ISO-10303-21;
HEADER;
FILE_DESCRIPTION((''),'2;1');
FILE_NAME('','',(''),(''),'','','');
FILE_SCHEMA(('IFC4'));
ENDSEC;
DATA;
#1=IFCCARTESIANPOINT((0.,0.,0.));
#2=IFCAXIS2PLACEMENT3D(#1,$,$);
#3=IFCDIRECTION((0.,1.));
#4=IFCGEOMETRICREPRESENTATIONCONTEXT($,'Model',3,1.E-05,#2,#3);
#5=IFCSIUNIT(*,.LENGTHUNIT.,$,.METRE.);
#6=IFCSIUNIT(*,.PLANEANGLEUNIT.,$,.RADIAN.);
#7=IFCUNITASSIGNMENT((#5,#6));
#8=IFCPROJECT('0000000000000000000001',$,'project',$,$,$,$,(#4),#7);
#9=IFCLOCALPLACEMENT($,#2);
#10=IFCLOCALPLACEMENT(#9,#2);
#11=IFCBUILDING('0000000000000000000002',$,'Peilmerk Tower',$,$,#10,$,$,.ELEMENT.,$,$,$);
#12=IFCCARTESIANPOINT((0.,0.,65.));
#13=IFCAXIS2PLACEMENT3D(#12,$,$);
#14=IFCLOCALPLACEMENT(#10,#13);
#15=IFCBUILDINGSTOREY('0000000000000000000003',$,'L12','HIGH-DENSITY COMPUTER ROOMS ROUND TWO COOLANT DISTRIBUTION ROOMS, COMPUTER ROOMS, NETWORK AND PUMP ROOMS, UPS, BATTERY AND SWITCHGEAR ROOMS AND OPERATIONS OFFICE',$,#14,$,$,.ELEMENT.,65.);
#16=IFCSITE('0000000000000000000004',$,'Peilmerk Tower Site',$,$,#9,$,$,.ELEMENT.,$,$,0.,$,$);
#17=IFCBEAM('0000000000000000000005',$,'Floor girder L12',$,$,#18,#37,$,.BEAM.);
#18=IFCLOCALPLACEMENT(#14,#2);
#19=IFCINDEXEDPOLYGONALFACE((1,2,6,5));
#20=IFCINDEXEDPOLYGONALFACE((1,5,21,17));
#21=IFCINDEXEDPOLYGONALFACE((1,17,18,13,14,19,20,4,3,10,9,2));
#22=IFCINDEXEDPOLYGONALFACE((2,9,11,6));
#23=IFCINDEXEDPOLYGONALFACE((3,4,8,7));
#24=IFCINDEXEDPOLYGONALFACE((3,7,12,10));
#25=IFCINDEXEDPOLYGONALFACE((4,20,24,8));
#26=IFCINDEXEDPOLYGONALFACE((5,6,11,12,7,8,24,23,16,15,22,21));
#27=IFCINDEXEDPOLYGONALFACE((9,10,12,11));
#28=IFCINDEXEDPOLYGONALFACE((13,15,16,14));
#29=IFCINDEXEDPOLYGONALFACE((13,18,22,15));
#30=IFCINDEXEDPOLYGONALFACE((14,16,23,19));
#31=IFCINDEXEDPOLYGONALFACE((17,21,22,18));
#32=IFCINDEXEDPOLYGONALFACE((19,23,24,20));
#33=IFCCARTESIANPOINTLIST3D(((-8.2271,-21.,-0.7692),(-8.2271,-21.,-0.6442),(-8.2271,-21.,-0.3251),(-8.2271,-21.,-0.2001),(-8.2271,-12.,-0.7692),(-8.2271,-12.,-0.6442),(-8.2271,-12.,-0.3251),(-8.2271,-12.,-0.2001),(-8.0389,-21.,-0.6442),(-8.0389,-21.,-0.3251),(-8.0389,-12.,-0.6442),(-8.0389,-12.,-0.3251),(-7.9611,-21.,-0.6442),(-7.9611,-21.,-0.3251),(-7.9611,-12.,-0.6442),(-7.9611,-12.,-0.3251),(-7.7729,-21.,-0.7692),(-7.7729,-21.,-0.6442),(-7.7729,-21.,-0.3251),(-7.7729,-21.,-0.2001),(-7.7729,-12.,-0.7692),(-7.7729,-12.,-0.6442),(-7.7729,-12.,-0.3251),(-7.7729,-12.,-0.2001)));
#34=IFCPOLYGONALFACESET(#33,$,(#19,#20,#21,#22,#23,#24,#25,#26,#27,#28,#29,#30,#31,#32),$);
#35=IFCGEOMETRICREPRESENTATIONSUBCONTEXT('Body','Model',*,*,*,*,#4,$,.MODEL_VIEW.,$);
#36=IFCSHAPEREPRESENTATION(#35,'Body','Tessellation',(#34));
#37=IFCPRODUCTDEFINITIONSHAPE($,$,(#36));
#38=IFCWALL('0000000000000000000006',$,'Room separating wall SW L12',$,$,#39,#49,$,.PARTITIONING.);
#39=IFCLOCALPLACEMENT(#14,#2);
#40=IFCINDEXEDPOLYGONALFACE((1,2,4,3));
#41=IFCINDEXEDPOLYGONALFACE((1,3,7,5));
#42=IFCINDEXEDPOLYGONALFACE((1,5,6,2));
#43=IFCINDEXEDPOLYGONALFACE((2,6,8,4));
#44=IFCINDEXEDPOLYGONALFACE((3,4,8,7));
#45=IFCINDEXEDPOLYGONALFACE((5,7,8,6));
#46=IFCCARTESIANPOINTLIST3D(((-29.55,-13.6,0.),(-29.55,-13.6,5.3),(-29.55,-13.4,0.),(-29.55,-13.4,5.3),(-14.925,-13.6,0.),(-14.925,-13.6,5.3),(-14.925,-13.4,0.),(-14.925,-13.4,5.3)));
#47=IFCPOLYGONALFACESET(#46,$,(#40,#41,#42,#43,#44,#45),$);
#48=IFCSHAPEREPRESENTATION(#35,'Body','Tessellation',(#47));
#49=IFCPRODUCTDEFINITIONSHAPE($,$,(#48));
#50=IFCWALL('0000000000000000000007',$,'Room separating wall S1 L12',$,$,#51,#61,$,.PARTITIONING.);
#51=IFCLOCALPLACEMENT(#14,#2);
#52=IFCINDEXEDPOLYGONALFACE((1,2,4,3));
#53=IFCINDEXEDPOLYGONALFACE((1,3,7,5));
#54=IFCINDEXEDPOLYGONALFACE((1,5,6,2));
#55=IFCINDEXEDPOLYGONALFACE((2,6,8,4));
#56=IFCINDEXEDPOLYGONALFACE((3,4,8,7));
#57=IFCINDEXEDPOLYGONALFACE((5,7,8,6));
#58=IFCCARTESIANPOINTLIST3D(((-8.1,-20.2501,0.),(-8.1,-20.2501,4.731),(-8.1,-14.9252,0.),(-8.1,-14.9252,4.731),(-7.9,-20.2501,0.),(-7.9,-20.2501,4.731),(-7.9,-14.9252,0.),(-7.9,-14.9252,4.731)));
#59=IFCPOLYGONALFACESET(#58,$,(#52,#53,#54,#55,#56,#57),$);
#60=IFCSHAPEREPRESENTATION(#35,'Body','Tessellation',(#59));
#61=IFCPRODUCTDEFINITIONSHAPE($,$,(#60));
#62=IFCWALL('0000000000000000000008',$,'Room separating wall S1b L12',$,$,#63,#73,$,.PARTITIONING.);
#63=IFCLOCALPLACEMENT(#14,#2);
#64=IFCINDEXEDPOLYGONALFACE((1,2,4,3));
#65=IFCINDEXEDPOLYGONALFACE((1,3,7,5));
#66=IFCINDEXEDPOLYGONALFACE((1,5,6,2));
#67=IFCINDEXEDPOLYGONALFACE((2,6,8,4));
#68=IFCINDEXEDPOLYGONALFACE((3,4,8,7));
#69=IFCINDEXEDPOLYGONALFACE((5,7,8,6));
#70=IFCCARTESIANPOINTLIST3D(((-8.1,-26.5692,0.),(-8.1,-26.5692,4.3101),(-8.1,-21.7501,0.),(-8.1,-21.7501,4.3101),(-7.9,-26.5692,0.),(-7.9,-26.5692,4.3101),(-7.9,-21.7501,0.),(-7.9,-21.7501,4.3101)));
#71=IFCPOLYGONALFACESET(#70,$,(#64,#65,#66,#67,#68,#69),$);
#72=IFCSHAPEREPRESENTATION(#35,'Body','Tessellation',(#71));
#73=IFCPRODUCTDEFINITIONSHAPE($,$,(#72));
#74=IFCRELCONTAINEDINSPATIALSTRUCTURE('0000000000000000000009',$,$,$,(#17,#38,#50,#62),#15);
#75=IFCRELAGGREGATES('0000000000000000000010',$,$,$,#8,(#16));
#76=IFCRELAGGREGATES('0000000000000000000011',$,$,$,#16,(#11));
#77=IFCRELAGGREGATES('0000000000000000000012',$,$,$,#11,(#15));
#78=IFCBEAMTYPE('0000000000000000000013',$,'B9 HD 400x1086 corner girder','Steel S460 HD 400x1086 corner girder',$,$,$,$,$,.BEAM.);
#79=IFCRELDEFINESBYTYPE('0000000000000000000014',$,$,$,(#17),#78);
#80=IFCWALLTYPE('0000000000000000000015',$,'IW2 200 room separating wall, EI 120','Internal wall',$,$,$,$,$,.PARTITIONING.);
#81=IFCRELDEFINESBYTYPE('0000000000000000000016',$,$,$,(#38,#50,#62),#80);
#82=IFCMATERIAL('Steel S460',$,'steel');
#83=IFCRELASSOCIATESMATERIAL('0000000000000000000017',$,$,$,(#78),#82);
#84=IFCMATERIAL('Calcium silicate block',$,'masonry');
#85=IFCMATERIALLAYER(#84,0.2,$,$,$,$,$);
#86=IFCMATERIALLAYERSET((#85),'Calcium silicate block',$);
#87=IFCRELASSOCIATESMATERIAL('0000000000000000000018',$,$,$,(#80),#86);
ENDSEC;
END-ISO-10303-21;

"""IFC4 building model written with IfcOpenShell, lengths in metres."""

from ifc_helpers import new_model, si_unit, direction, frame, frame_2d, origin, origin_2d, place, context, subcontext, project, spatial, rectangle, i_section, extrude, material, layer, layer_set, material_profile, profile_set, type_object, element, save


model = new_model("IFC4")

# Units and contexts
model_context = context("Model", 3, precision=1e-05, world=origin(), true_north=direction((0.0, 1.0)))
body_context = subcontext(model_context, "Body", "Model", "MODEL_VIEW")
ifc_project = project(units=[si_unit("LENGTHUNIT", "METRE"), si_unit("PLANEANGLEUNIT", "RADIAN")], contexts=[model_context])

# Site, building, storey
site_placement = place(None, origin())
site = spatial("IfcSite", under=ifc_project, at=site_placement, Name="Peilmerk Tower Site", CompositionType="ELEMENT", RefElevation=0.0)
building_placement = place(site_placement, origin())
building = spatial("IfcBuilding", under=site, at=building_placement, Name="Peilmerk Tower", CompositionType="ELEMENT")
storey_placement = place(building_placement, frame((0.0, 0.0, 65.0)))
storey = spatial("IfcBuildingStorey", under=building, at=storey_placement, Name="L12", Description="HIGH-DENSITY COMPUTER ROOMS ROUND TWO COOLANT DISTRIBUTION ROOMS, COMPUTER ROOMS, NETWORK AND PUMP ROOMS, UPS, BATTERY AND SWITCHGEAR ROOMS AND OPERATIONS OFFICE", CompositionType="ELEMENT", Elevation=65.0)

# Beam
ifc_material_1 = material(Name="Steel S460", Category="steel")
ifc_material_profile_1 = material_profile(ifc_material_1, i_section(OverallWidth=0.4541, OverallDepth=0.5691, WebThickness=0.0779, FlangeThickness=0.125, at=origin_2d()), Name="HD 400x1086")
ifc_profile_set_1 = profile_set([ifc_material_profile_1], Name="Steel S460")
beam_type_1 = type_object("IfcBeamType", Name="B9 HD 400x1086 corner girder", Description="Steel S460 HD 400x1086 corner girder", PredefinedType="BEAM", material=ifc_profile_set_1)
beam_1_placement = place(storey_placement, frame((-8.0, -12.0, -0.4846), z_axis=(0.0, -1.0, 0.0), x_axis=(1.0, 0.0, 0.0)))
element("IfcBeam", 1, at=beam_1_placement, inside=storey, type_object=beam_type_1, Name="Floor girder L12", PredefinedType="BEAM", context=body_context, shape_type="SweptSolid", body=[
    extrude(i_section(OverallWidth=0.4541, OverallDepth=0.5691, WebThickness=0.0779, FlangeThickness=0.125, at=origin_2d()), origin(), (0.0, 0.0, 1.0), 9.0),
])

# Walls
ifc_material_2 = material(Name="Calcium silicate block", Category="masonry")
ifc_layer = layer(ifc_material_2, 0.2)
ifc_layer_set = layer_set([ifc_layer], Name="Calcium silicate block")
wall_type = type_object("IfcWallType", Name="IW2 200 room separating wall, EI 120", Description="Internal wall", PredefinedType="PARTITIONING", material=ifc_layer_set)
wall_1_placement = place(storey_placement, frame((-14.925, -13.5, 0.0), z_axis=(0.0, 0.0, 1.0), x_axis=(-1.0, 0.0, 0.0)))
element("IfcWall", 2, at=wall_1_placement, inside=storey, type_object=wall_type, Name="Room separating wall SW L12", PredefinedType="PARTITIONING", context=body_context, shape_type="SweptSolid", body=[
    extrude(rectangle(XDim=14.625, YDim=0.2, at=frame_2d((7.3125, 0.0))), origin(), (0.0, 0.0, 1.0), 5.3),
])
wall_2_placement = place(storey_placement, frame((-8.0, -14.925, 0.0), z_axis=(0.0, 0.0, 1.0), x_axis=(0.0, -1.0, 0.0)))
element("IfcWall", 3, at=wall_2_placement, inside=storey, type_object=wall_type, Name="Room separating wall S1 L12", PredefinedType="PARTITIONING", context=body_context, shape_type="SweptSolid", body=[
    extrude(rectangle(XDim=5.325, YDim=0.2, at=frame_2d((2.6626, 0.0))), origin(), (0.0, 0.0, 1.0), 4.731),
])
wall_3_placement = place(storey_placement, frame((-8.0, -21.75, 0.0), z_axis=(0.0, 0.0, 1.0), x_axis=(0.0, -1.0, 0.0)))
element("IfcWall", 4, at=wall_3_placement, inside=storey, type_object=wall_type, Name="Room separating wall S1b L12", PredefinedType="PARTITIONING", context=body_context, shape_type="SweptSolid", body=[
    extrude(rectangle(XDim=4.8191, YDim=0.2, at=frame_2d((2.4097, 0.0))), origin(), (0.0, 0.0, 1.0), 4.3101),
])

save(model, "model.ifc")
